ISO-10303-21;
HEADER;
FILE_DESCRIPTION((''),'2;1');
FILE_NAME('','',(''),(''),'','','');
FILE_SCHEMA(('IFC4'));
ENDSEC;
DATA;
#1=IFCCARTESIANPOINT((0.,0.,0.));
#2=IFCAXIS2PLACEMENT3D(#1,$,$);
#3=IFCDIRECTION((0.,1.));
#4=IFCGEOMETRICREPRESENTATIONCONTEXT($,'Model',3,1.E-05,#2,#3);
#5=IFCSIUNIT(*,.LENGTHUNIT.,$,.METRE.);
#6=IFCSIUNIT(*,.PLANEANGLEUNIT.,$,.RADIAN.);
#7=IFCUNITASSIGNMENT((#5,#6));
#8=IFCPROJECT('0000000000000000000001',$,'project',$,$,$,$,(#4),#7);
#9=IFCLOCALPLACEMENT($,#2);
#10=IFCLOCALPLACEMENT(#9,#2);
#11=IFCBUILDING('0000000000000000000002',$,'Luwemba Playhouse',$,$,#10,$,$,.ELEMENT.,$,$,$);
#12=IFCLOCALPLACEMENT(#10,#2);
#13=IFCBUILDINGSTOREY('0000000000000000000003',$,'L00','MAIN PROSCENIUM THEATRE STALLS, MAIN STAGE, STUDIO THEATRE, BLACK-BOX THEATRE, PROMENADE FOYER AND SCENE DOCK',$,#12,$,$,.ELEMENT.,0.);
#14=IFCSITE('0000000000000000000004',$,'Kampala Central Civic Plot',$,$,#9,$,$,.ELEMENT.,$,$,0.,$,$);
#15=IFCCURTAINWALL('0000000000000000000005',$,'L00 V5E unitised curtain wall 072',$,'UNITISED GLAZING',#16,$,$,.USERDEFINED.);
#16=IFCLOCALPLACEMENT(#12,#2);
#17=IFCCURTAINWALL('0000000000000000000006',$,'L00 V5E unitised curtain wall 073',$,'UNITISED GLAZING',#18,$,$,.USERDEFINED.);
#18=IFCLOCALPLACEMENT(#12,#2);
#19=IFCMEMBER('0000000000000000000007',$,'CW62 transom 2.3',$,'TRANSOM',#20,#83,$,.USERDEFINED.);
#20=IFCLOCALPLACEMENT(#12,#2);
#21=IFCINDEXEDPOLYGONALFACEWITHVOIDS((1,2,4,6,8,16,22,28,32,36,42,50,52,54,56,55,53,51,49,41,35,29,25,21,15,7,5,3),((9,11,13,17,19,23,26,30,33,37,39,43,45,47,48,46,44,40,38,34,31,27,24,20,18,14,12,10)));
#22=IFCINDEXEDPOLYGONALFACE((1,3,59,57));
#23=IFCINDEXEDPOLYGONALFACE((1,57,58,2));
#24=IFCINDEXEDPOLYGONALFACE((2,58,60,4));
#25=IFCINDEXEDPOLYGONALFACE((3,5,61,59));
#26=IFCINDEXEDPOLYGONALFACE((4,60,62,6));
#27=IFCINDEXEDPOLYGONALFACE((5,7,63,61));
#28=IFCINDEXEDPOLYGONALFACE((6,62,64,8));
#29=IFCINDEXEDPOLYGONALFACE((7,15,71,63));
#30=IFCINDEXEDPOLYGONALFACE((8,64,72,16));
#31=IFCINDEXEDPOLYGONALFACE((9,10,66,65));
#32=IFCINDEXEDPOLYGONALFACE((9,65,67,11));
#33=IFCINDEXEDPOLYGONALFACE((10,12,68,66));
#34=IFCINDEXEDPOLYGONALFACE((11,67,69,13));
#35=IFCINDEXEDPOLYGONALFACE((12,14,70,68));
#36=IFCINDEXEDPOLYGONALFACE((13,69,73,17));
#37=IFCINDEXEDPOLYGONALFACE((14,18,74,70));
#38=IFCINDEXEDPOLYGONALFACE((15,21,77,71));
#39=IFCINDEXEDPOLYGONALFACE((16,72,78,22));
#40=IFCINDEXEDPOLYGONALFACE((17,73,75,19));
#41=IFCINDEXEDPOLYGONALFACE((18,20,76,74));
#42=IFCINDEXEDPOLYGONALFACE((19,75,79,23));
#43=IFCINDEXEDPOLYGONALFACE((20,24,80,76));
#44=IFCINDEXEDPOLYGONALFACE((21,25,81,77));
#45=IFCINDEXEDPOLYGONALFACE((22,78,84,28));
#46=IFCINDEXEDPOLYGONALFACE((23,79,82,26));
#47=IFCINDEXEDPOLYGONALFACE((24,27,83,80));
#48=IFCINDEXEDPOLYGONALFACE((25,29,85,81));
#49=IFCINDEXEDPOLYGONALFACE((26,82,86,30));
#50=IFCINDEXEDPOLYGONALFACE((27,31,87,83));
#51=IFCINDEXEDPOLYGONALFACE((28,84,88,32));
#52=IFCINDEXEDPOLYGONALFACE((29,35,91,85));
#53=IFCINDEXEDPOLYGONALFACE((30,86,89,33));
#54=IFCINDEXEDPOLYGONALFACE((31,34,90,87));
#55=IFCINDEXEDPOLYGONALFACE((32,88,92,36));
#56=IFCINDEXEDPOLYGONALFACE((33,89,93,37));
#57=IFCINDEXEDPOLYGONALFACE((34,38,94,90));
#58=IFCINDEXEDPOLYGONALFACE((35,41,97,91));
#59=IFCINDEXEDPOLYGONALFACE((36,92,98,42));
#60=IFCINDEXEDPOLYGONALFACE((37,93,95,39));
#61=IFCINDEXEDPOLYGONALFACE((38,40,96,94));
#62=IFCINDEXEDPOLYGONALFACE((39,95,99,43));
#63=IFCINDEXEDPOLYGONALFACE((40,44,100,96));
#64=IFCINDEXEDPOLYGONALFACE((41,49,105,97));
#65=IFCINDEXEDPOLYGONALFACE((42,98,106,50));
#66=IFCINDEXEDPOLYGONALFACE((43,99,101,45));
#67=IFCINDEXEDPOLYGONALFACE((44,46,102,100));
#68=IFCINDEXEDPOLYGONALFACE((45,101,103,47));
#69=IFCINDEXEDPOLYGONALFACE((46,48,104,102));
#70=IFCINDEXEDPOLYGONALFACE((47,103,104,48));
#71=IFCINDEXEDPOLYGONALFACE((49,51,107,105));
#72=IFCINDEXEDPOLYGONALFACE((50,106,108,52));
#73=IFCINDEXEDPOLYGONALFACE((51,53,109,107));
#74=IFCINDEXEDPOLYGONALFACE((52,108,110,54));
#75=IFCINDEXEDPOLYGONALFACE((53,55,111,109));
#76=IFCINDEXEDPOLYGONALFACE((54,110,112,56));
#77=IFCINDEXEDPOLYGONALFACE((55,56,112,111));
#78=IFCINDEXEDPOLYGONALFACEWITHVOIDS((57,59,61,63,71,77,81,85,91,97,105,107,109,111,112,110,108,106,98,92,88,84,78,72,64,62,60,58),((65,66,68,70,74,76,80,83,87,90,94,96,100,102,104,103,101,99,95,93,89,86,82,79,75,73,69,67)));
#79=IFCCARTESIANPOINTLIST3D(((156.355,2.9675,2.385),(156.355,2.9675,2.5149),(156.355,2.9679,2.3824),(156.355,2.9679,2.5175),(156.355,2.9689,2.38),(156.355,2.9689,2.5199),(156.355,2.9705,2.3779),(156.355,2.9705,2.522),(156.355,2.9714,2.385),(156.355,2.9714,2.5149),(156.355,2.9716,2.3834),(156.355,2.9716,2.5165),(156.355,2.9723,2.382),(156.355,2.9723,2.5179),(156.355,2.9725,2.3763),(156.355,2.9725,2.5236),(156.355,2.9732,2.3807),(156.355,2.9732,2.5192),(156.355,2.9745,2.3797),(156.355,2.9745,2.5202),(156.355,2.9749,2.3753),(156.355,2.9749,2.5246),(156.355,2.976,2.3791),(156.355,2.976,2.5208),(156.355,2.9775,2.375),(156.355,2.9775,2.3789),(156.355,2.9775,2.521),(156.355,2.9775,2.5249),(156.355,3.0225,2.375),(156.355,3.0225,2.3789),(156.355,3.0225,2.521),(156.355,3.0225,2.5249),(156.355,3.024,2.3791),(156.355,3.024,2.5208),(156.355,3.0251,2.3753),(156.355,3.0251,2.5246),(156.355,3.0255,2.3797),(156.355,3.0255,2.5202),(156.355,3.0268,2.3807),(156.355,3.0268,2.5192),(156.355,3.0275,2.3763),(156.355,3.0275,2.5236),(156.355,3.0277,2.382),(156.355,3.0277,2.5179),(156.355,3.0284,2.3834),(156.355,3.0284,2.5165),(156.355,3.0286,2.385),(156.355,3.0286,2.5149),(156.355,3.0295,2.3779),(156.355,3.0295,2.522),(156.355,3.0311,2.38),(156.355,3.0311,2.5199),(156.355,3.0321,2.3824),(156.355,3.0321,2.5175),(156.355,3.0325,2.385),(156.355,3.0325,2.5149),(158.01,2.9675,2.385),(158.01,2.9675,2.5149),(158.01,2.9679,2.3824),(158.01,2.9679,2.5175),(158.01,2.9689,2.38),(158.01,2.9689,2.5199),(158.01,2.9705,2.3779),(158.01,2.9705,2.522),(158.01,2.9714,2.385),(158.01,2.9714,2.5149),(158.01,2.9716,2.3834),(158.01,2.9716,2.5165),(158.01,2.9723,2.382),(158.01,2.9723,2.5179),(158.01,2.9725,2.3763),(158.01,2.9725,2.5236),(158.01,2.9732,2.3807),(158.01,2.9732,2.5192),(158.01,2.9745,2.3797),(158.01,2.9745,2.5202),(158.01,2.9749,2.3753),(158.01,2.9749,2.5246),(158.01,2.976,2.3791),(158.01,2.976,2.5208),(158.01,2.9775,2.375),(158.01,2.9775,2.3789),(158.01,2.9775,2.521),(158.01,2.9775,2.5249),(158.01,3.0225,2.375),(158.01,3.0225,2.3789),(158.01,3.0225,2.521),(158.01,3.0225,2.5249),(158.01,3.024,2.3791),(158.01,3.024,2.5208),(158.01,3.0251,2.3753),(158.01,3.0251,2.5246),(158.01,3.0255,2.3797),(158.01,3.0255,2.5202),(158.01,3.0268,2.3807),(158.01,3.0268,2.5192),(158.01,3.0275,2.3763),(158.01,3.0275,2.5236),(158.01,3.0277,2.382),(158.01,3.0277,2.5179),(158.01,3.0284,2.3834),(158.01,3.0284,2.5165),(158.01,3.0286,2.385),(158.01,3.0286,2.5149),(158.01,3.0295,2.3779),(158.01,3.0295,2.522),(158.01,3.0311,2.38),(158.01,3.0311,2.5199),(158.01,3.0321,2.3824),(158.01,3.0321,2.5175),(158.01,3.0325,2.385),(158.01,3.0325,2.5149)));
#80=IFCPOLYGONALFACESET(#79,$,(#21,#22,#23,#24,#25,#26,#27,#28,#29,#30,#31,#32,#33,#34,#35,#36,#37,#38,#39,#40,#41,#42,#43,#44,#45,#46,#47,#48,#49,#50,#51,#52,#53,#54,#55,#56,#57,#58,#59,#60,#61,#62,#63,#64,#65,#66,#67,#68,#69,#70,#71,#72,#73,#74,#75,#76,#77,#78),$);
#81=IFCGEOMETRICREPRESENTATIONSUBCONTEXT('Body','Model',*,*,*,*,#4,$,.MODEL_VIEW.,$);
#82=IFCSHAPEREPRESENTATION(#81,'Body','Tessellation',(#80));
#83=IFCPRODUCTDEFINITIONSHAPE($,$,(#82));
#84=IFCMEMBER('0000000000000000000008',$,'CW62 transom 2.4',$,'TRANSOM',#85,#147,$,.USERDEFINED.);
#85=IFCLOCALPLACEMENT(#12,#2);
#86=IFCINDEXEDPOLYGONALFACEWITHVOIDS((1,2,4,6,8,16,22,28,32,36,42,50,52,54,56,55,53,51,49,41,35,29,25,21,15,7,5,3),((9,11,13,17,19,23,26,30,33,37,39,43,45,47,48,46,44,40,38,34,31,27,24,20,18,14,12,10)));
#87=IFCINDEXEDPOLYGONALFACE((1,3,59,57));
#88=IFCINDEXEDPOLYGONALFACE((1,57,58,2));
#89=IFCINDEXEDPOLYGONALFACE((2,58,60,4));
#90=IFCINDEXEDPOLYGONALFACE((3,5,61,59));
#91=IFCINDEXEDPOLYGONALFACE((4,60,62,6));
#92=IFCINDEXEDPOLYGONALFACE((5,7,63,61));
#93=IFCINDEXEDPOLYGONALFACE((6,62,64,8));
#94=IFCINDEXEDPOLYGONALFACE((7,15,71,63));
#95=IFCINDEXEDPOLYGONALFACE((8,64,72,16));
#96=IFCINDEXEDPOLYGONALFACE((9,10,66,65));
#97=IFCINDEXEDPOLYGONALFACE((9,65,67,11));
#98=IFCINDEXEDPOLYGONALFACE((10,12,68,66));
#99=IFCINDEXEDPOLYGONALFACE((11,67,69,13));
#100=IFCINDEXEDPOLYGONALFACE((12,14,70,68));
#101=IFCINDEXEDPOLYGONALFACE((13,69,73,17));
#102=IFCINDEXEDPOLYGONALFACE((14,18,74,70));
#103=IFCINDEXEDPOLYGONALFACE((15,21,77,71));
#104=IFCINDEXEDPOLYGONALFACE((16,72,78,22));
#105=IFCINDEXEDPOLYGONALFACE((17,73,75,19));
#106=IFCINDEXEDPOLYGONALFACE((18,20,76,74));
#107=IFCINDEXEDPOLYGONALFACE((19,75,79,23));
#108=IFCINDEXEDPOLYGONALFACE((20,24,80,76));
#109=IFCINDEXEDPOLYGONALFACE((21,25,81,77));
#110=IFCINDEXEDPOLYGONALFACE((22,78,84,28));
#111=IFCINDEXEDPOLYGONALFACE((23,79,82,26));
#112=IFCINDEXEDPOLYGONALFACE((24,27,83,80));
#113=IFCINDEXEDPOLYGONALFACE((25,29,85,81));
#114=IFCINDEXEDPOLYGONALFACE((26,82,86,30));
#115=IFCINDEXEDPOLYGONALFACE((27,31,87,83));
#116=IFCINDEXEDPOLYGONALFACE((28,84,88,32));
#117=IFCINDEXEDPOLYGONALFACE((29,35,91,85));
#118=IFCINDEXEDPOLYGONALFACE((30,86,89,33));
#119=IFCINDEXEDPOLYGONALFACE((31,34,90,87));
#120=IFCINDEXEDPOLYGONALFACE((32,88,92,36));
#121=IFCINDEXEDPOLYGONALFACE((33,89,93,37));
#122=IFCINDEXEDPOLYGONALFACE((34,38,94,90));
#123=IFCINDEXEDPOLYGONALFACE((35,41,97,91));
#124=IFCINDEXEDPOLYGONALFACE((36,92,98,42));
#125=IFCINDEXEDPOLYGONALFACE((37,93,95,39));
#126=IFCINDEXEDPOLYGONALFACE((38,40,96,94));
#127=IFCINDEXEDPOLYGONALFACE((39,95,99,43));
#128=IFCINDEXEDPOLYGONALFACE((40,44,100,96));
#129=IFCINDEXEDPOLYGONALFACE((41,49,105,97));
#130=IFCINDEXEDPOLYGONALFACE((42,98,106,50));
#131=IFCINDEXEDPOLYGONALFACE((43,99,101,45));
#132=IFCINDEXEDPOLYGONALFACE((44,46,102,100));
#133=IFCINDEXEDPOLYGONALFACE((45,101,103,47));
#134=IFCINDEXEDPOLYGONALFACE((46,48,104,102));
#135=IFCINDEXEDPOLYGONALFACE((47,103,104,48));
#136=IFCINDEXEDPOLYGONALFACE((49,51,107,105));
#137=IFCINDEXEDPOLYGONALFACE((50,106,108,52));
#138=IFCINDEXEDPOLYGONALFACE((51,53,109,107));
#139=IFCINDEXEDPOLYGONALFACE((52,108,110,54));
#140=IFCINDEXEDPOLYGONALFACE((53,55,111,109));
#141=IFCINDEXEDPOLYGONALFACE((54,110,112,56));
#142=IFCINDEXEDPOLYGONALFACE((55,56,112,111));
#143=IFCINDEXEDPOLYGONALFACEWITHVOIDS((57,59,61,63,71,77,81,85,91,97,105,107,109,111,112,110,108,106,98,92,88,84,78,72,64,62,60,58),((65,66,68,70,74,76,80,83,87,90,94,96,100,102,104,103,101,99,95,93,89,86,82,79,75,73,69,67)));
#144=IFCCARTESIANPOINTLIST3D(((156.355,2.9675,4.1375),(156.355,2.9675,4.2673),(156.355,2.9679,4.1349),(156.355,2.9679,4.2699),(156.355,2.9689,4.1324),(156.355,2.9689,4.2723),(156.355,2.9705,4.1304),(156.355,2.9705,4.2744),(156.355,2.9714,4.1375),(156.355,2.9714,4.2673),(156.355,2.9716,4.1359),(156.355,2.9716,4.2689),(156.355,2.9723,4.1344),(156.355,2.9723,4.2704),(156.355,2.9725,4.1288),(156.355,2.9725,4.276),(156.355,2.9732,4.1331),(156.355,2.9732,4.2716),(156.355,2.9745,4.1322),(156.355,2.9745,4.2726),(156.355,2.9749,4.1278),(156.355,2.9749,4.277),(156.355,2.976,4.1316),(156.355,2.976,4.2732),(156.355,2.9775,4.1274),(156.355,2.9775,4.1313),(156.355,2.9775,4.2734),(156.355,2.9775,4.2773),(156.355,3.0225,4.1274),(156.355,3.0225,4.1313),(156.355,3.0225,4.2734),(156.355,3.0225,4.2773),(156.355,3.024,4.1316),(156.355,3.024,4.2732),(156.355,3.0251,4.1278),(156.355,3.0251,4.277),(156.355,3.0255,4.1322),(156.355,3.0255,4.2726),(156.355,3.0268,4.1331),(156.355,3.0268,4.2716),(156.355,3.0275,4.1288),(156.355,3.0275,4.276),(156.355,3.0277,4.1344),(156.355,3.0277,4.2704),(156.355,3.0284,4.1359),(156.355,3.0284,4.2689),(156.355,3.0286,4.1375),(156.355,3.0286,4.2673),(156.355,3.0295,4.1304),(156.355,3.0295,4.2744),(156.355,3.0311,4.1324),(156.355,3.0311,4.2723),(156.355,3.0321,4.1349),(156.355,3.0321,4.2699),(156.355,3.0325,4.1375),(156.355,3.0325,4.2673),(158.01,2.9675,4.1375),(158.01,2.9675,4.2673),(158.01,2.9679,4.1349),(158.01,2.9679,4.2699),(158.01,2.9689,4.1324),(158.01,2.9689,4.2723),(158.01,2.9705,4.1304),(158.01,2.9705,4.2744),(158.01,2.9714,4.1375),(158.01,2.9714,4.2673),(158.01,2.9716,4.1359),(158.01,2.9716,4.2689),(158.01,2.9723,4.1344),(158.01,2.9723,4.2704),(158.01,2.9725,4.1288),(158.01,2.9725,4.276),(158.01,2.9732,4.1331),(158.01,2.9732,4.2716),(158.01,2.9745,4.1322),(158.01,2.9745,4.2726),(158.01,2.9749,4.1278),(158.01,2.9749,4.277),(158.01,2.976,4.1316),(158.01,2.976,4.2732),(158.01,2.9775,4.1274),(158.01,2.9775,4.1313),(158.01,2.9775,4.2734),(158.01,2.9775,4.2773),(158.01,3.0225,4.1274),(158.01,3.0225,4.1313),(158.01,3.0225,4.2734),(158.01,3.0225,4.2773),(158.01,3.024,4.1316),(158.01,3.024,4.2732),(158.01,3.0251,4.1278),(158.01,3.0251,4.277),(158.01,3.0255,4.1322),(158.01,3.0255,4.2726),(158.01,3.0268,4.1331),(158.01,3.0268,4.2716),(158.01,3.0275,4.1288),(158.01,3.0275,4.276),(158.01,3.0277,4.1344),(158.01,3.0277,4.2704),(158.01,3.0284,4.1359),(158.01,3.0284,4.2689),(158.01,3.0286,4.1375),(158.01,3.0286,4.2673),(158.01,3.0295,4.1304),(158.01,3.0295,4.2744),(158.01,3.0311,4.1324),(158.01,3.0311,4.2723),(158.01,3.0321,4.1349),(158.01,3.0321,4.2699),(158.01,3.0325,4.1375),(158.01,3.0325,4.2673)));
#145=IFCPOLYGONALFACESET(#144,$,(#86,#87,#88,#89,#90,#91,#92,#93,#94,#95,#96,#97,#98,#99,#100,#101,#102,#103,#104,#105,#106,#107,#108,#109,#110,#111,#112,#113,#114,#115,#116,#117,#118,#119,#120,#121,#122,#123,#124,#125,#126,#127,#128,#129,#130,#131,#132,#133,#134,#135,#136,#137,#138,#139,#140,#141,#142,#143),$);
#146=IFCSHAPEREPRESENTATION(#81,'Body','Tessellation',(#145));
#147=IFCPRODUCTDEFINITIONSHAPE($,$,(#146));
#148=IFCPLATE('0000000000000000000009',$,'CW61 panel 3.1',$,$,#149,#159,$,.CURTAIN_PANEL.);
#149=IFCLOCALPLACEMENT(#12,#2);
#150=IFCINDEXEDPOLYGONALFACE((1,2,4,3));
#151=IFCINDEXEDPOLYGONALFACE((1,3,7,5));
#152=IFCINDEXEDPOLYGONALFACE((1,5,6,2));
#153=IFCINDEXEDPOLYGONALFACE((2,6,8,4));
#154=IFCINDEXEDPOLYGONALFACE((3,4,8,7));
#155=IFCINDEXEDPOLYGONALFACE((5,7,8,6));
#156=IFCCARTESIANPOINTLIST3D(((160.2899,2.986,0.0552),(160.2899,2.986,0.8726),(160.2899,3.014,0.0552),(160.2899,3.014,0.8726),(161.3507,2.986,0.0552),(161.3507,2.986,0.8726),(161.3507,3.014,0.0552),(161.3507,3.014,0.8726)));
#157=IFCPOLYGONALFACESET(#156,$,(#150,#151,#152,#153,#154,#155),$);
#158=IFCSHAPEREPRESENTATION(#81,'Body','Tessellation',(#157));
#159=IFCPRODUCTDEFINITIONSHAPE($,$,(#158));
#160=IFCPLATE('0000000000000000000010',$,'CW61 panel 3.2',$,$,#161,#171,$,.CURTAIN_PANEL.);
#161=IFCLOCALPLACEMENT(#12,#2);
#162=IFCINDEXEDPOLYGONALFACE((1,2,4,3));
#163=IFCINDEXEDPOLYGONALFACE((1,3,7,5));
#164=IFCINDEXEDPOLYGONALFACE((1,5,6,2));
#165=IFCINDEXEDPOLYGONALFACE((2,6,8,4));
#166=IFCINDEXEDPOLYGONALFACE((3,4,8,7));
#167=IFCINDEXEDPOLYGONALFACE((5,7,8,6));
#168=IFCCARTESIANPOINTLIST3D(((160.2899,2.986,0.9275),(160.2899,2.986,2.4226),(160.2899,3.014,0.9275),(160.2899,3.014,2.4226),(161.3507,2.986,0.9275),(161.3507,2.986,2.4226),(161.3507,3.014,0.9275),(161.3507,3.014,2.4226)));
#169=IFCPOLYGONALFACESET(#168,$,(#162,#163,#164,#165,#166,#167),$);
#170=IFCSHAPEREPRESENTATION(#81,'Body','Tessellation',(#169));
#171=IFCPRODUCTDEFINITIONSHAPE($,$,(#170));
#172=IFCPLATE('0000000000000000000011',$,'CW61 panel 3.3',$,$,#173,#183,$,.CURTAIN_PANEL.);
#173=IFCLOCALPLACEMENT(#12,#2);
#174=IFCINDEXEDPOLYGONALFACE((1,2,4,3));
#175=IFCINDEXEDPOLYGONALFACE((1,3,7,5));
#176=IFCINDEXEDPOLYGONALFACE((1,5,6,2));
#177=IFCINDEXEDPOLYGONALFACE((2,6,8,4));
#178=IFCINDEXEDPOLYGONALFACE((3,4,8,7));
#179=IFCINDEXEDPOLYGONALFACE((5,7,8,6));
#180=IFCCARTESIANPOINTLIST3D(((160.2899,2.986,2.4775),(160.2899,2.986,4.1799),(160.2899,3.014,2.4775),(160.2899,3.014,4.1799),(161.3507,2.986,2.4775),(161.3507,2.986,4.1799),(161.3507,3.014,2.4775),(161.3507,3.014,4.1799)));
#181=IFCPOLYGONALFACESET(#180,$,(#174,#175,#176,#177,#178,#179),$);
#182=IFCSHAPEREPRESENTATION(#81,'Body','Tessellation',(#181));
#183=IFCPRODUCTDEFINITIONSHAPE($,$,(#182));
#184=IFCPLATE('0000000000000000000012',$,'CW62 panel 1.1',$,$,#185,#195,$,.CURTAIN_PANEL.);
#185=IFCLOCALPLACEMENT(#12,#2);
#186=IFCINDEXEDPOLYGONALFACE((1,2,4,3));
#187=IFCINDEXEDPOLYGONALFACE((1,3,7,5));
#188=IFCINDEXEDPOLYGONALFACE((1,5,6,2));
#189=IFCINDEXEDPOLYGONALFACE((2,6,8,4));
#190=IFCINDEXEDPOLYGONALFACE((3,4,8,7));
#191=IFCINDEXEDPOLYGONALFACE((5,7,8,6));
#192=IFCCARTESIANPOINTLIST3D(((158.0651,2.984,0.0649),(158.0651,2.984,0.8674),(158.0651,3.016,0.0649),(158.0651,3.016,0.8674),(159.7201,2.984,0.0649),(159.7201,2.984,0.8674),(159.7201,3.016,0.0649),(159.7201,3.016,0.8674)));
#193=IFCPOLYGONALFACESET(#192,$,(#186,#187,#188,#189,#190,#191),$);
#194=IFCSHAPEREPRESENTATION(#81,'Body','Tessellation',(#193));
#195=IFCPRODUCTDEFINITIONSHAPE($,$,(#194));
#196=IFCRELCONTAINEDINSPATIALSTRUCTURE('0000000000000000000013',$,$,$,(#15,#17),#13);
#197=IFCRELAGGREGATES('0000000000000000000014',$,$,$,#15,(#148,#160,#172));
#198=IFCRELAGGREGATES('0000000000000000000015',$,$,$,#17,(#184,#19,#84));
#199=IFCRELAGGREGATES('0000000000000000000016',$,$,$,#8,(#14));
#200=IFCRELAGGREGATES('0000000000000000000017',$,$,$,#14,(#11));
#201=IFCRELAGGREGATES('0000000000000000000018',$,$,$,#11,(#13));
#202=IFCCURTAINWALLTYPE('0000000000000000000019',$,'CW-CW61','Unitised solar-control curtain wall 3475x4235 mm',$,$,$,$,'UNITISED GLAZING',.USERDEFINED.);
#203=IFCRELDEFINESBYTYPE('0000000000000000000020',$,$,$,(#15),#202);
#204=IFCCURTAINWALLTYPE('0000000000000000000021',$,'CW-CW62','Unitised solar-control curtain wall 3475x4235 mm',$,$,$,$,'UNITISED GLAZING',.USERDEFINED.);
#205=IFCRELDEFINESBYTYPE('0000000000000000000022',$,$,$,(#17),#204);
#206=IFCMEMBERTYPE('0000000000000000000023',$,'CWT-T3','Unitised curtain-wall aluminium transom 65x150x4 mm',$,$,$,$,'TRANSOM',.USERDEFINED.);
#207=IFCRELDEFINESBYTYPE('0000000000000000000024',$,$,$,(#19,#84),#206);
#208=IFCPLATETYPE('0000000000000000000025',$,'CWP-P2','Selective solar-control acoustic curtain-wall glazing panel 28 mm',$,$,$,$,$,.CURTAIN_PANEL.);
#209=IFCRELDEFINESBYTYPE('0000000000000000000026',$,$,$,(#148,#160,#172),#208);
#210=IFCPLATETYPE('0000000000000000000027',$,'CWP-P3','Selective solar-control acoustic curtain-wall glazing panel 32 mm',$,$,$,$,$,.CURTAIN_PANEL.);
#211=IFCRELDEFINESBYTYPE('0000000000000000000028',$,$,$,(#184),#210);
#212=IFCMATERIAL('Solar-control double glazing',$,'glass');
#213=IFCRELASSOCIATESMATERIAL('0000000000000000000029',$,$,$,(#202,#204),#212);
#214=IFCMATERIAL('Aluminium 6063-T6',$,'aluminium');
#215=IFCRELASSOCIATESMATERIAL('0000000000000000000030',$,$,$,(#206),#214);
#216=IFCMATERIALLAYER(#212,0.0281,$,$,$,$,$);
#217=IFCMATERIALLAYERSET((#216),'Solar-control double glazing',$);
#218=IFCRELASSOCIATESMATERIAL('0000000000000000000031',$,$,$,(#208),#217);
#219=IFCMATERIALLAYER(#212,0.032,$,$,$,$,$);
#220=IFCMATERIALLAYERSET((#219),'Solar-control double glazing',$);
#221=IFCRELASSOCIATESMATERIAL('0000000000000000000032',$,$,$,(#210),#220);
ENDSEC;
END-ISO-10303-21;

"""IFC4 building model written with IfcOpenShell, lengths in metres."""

from ifc_helpers import new_model, si_unit, direction, frame, origin, origin_2d, place, context, subcontext, project, spatial, rectangle, hollow_rectangle, extrude, material, layer, layer_set, material_profile, profile_set, type_object, element, aggregate, save


model = new_model("IFC4")

# Units and contexts
model_context = context("Model", 3, precision=1e-05, world=origin(), true_north=direction((0.0, 1.0)))
body_context = subcontext(model_context, "Body", "Model", "MODEL_VIEW")
ifc_project = project(units=[si_unit("LENGTHUNIT", "METRE"), si_unit("PLANEANGLEUNIT", "RADIAN")], contexts=[model_context])

# Site, building, storey
site_placement = place(None, origin())
site = spatial("IfcSite", under=ifc_project, at=site_placement, Name="Kampala Central Civic Plot", CompositionType="ELEMENT", RefElevation=0.0)
building_placement = place(site_placement, origin())
building = spatial("IfcBuilding", under=site, at=building_placement, Name="Luwemba Playhouse", CompositionType="ELEMENT")
storey_placement = place(building_placement, origin())
storey = spatial("IfcBuildingStorey", under=building, at=storey_placement, Name="L00", Description="MAIN PROSCENIUM THEATRE STALLS, MAIN STAGE, STUDIO THEATRE, BLACK-BOX THEATRE, PROMENADE FOYER AND SCENE DOCK", CompositionType="ELEMENT", Elevation=0.0)

# Curtain walls
ifc_material_1 = material(Name="Solar-control double glazing", Category="glass")
curtain_wall_type_1 = type_object("IfcCurtainWallType", Name="CW-CW61", Description="Unitised solar-control curtain wall 3475x4235 mm", ElementType="UNITISED GLAZING", PredefinedType="USERDEFINED", material=ifc_material_1)
curtain_wall_1_placement = place(storey_placement, origin())
curtain_wall_1 = element("IfcCurtainWall", 1, at=curtain_wall_1_placement, inside=storey, type_object=curtain_wall_type_1, Name="L00 V5E unitised curtain wall 072", ObjectType="UNITISED GLAZING", PredefinedType="USERDEFINED")
ifc_material_2 = material(Name="Aluminium 6063-T6", Category="aluminium")
curtain_wall_type_2 = type_object("IfcCurtainWallType", Name="CW-CW62", Description="Unitised solar-control curtain wall 3475x4235 mm", ElementType="UNITISED GLAZING", PredefinedType="USERDEFINED", material=ifc_material_1)
curtain_wall_2_placement = place(storey_placement, origin())
curtain_wall_2 = element("IfcCurtainWall", 2, at=curtain_wall_2_placement, inside=storey, type_object=curtain_wall_type_2, Name="L00 V5E unitised curtain wall 073", ObjectType="UNITISED GLAZING", PredefinedType="USERDEFINED")

# Members
ifc_material_profile_1 = material_profile(ifc_material_2, hollow_rectangle(XDim=0.0649, YDim=0.1499, WallThickness=0.0039, InnerFilletRadius=0.0061, OuterFilletRadius=0.01, at=origin_2d()))
ifc_profile_set_1 = profile_set([ifc_material_profile_1], Name="Aluminium 6063-T6")
member_type_1 = type_object("IfcMemberType", Name="CWT-T3", Description="Unitised curtain-wall aluminium transom 65x150x4 mm", ElementType="TRANSOM", PredefinedType="USERDEFINED", material=ifc_profile_set_1)
member_1_placement = place(storey_placement, frame((158.01, 3.0, 2.45), z_axis=(-1.0, 0.0, 0.0), x_axis=(0.0, -1.0, 0.0)))
member_1 = element("IfcMember", 3, at=member_1_placement, type_object=member_type_1, Name="CW62 transom 2.3", ObjectType="TRANSOM", PredefinedType="USERDEFINED", context=body_context, shape_type="SweptSolid", body=[
    extrude(hollow_rectangle(XDim=0.0649, YDim=0.1499, WallThickness=0.0039, InnerFilletRadius=0.0061, OuterFilletRadius=0.01, at=origin_2d()), origin(), (0.0, 0.0, 1.0), 1.655),
])
member_2_placement = place(storey_placement, frame((158.01, 3.0, 4.2024), z_axis=(-1.0, 0.0, 0.0), x_axis=(0.0, -1.0, 0.0)))
member_2 = element("IfcMember", 4, at=member_2_placement, type_object=member_type_1, Name="CW62 transom 2.4", ObjectType="TRANSOM", PredefinedType="USERDEFINED", context=body_context, shape_type="SweptSolid", body=[
    extrude(hollow_rectangle(XDim=0.0649, YDim=0.1499, WallThickness=0.0039, InnerFilletRadius=0.0061, OuterFilletRadius=0.01, at=origin_2d()), origin(), (0.0, 0.0, 1.0), 1.655),
])

# Plates
ifc_layer_1 = layer(ifc_material_1, 0.0281)
ifc_layer_set_1 = layer_set([ifc_layer_1], Name="Solar-control double glazing")
plate_type_1 = type_object("IfcPlateType", Name="CWP-P2", Description="Selective solar-control acoustic curtain-wall glazing panel 28 mm", PredefinedType="CURTAIN_PANEL", material=ifc_layer_set_1)
plate_1_placement = place(storey_placement, frame((160.8203, 3.0, 0.0552), z_axis=(0.0, 0.0, 1.0), x_axis=(-1.0, 0.0, 0.0)))
plate_1 = element("IfcPlate", 5, at=plate_1_placement, type_object=plate_type_1, Name="CW61 panel 3.1", PredefinedType="CURTAIN_PANEL", context=body_context, shape_type="SweptSolid", body=[
    extrude(rectangle(XDim=1.0608, YDim=0.0281, at=origin_2d()), origin(), (0.0, 0.0, 1.0), 0.8174),
])
plate_2_placement = place(storey_placement, frame((160.8203, 3.0, 0.9275), z_axis=(0.0, 0.0, 1.0), x_axis=(-1.0, 0.0, 0.0)))
plate_2 = element("IfcPlate", 6, at=plate_2_placement, type_object=plate_type_1, Name="CW61 panel 3.2", PredefinedType="CURTAIN_PANEL", context=body_context, shape_type="SweptSolid", body=[
    extrude(rectangle(XDim=1.0608, YDim=0.0281, at=origin_2d()), origin(), (0.0, 0.0, 1.0), 1.4951),
])
plate_3_placement = place(storey_placement, frame((160.8203, 3.0, 2.4775), z_axis=(0.0, 0.0, 1.0), x_axis=(-1.0, 0.0, 0.0)))
plate_3 = element("IfcPlate", 7, at=plate_3_placement, type_object=plate_type_1, Name="CW61 panel 3.3", PredefinedType="CURTAIN_PANEL", context=body_context, shape_type="SweptSolid", body=[
    extrude(rectangle(XDim=1.0608, YDim=0.0281, at=origin_2d()), origin(), (0.0, 0.0, 1.0), 1.7024),
])
aggregate(curtain_wall_1, [plate_1, plate_2, plate_3])
ifc_layer_2 = layer(ifc_material_1, 0.032)
ifc_layer_set_2 = layer_set([ifc_layer_2], Name="Solar-control double glazing")
plate_type_2 = type_object("IfcPlateType", Name="CWP-P3", Description="Selective solar-control acoustic curtain-wall glazing panel 32 mm", PredefinedType="CURTAIN_PANEL", material=ifc_layer_set_2)
plate_4_placement = place(storey_placement, frame((158.8926, 3.0, 0.0649), z_axis=(0.0, 0.0, 1.0), x_axis=(-1.0, 0.0, 0.0)))
plate_4 = element("IfcPlate", 8, at=plate_4_placement, type_object=plate_type_2, Name="CW62 panel 1.1", PredefinedType="CURTAIN_PANEL", context=body_context, shape_type="SweptSolid", body=[
    extrude(rectangle(XDim=1.655, YDim=0.032, at=origin_2d()), origin(), (0.0, 0.0, 1.0), 0.8025),
])
aggregate(curtain_wall_2, [plate_4, member_1, member_2])

save(model, "model.ifc")
